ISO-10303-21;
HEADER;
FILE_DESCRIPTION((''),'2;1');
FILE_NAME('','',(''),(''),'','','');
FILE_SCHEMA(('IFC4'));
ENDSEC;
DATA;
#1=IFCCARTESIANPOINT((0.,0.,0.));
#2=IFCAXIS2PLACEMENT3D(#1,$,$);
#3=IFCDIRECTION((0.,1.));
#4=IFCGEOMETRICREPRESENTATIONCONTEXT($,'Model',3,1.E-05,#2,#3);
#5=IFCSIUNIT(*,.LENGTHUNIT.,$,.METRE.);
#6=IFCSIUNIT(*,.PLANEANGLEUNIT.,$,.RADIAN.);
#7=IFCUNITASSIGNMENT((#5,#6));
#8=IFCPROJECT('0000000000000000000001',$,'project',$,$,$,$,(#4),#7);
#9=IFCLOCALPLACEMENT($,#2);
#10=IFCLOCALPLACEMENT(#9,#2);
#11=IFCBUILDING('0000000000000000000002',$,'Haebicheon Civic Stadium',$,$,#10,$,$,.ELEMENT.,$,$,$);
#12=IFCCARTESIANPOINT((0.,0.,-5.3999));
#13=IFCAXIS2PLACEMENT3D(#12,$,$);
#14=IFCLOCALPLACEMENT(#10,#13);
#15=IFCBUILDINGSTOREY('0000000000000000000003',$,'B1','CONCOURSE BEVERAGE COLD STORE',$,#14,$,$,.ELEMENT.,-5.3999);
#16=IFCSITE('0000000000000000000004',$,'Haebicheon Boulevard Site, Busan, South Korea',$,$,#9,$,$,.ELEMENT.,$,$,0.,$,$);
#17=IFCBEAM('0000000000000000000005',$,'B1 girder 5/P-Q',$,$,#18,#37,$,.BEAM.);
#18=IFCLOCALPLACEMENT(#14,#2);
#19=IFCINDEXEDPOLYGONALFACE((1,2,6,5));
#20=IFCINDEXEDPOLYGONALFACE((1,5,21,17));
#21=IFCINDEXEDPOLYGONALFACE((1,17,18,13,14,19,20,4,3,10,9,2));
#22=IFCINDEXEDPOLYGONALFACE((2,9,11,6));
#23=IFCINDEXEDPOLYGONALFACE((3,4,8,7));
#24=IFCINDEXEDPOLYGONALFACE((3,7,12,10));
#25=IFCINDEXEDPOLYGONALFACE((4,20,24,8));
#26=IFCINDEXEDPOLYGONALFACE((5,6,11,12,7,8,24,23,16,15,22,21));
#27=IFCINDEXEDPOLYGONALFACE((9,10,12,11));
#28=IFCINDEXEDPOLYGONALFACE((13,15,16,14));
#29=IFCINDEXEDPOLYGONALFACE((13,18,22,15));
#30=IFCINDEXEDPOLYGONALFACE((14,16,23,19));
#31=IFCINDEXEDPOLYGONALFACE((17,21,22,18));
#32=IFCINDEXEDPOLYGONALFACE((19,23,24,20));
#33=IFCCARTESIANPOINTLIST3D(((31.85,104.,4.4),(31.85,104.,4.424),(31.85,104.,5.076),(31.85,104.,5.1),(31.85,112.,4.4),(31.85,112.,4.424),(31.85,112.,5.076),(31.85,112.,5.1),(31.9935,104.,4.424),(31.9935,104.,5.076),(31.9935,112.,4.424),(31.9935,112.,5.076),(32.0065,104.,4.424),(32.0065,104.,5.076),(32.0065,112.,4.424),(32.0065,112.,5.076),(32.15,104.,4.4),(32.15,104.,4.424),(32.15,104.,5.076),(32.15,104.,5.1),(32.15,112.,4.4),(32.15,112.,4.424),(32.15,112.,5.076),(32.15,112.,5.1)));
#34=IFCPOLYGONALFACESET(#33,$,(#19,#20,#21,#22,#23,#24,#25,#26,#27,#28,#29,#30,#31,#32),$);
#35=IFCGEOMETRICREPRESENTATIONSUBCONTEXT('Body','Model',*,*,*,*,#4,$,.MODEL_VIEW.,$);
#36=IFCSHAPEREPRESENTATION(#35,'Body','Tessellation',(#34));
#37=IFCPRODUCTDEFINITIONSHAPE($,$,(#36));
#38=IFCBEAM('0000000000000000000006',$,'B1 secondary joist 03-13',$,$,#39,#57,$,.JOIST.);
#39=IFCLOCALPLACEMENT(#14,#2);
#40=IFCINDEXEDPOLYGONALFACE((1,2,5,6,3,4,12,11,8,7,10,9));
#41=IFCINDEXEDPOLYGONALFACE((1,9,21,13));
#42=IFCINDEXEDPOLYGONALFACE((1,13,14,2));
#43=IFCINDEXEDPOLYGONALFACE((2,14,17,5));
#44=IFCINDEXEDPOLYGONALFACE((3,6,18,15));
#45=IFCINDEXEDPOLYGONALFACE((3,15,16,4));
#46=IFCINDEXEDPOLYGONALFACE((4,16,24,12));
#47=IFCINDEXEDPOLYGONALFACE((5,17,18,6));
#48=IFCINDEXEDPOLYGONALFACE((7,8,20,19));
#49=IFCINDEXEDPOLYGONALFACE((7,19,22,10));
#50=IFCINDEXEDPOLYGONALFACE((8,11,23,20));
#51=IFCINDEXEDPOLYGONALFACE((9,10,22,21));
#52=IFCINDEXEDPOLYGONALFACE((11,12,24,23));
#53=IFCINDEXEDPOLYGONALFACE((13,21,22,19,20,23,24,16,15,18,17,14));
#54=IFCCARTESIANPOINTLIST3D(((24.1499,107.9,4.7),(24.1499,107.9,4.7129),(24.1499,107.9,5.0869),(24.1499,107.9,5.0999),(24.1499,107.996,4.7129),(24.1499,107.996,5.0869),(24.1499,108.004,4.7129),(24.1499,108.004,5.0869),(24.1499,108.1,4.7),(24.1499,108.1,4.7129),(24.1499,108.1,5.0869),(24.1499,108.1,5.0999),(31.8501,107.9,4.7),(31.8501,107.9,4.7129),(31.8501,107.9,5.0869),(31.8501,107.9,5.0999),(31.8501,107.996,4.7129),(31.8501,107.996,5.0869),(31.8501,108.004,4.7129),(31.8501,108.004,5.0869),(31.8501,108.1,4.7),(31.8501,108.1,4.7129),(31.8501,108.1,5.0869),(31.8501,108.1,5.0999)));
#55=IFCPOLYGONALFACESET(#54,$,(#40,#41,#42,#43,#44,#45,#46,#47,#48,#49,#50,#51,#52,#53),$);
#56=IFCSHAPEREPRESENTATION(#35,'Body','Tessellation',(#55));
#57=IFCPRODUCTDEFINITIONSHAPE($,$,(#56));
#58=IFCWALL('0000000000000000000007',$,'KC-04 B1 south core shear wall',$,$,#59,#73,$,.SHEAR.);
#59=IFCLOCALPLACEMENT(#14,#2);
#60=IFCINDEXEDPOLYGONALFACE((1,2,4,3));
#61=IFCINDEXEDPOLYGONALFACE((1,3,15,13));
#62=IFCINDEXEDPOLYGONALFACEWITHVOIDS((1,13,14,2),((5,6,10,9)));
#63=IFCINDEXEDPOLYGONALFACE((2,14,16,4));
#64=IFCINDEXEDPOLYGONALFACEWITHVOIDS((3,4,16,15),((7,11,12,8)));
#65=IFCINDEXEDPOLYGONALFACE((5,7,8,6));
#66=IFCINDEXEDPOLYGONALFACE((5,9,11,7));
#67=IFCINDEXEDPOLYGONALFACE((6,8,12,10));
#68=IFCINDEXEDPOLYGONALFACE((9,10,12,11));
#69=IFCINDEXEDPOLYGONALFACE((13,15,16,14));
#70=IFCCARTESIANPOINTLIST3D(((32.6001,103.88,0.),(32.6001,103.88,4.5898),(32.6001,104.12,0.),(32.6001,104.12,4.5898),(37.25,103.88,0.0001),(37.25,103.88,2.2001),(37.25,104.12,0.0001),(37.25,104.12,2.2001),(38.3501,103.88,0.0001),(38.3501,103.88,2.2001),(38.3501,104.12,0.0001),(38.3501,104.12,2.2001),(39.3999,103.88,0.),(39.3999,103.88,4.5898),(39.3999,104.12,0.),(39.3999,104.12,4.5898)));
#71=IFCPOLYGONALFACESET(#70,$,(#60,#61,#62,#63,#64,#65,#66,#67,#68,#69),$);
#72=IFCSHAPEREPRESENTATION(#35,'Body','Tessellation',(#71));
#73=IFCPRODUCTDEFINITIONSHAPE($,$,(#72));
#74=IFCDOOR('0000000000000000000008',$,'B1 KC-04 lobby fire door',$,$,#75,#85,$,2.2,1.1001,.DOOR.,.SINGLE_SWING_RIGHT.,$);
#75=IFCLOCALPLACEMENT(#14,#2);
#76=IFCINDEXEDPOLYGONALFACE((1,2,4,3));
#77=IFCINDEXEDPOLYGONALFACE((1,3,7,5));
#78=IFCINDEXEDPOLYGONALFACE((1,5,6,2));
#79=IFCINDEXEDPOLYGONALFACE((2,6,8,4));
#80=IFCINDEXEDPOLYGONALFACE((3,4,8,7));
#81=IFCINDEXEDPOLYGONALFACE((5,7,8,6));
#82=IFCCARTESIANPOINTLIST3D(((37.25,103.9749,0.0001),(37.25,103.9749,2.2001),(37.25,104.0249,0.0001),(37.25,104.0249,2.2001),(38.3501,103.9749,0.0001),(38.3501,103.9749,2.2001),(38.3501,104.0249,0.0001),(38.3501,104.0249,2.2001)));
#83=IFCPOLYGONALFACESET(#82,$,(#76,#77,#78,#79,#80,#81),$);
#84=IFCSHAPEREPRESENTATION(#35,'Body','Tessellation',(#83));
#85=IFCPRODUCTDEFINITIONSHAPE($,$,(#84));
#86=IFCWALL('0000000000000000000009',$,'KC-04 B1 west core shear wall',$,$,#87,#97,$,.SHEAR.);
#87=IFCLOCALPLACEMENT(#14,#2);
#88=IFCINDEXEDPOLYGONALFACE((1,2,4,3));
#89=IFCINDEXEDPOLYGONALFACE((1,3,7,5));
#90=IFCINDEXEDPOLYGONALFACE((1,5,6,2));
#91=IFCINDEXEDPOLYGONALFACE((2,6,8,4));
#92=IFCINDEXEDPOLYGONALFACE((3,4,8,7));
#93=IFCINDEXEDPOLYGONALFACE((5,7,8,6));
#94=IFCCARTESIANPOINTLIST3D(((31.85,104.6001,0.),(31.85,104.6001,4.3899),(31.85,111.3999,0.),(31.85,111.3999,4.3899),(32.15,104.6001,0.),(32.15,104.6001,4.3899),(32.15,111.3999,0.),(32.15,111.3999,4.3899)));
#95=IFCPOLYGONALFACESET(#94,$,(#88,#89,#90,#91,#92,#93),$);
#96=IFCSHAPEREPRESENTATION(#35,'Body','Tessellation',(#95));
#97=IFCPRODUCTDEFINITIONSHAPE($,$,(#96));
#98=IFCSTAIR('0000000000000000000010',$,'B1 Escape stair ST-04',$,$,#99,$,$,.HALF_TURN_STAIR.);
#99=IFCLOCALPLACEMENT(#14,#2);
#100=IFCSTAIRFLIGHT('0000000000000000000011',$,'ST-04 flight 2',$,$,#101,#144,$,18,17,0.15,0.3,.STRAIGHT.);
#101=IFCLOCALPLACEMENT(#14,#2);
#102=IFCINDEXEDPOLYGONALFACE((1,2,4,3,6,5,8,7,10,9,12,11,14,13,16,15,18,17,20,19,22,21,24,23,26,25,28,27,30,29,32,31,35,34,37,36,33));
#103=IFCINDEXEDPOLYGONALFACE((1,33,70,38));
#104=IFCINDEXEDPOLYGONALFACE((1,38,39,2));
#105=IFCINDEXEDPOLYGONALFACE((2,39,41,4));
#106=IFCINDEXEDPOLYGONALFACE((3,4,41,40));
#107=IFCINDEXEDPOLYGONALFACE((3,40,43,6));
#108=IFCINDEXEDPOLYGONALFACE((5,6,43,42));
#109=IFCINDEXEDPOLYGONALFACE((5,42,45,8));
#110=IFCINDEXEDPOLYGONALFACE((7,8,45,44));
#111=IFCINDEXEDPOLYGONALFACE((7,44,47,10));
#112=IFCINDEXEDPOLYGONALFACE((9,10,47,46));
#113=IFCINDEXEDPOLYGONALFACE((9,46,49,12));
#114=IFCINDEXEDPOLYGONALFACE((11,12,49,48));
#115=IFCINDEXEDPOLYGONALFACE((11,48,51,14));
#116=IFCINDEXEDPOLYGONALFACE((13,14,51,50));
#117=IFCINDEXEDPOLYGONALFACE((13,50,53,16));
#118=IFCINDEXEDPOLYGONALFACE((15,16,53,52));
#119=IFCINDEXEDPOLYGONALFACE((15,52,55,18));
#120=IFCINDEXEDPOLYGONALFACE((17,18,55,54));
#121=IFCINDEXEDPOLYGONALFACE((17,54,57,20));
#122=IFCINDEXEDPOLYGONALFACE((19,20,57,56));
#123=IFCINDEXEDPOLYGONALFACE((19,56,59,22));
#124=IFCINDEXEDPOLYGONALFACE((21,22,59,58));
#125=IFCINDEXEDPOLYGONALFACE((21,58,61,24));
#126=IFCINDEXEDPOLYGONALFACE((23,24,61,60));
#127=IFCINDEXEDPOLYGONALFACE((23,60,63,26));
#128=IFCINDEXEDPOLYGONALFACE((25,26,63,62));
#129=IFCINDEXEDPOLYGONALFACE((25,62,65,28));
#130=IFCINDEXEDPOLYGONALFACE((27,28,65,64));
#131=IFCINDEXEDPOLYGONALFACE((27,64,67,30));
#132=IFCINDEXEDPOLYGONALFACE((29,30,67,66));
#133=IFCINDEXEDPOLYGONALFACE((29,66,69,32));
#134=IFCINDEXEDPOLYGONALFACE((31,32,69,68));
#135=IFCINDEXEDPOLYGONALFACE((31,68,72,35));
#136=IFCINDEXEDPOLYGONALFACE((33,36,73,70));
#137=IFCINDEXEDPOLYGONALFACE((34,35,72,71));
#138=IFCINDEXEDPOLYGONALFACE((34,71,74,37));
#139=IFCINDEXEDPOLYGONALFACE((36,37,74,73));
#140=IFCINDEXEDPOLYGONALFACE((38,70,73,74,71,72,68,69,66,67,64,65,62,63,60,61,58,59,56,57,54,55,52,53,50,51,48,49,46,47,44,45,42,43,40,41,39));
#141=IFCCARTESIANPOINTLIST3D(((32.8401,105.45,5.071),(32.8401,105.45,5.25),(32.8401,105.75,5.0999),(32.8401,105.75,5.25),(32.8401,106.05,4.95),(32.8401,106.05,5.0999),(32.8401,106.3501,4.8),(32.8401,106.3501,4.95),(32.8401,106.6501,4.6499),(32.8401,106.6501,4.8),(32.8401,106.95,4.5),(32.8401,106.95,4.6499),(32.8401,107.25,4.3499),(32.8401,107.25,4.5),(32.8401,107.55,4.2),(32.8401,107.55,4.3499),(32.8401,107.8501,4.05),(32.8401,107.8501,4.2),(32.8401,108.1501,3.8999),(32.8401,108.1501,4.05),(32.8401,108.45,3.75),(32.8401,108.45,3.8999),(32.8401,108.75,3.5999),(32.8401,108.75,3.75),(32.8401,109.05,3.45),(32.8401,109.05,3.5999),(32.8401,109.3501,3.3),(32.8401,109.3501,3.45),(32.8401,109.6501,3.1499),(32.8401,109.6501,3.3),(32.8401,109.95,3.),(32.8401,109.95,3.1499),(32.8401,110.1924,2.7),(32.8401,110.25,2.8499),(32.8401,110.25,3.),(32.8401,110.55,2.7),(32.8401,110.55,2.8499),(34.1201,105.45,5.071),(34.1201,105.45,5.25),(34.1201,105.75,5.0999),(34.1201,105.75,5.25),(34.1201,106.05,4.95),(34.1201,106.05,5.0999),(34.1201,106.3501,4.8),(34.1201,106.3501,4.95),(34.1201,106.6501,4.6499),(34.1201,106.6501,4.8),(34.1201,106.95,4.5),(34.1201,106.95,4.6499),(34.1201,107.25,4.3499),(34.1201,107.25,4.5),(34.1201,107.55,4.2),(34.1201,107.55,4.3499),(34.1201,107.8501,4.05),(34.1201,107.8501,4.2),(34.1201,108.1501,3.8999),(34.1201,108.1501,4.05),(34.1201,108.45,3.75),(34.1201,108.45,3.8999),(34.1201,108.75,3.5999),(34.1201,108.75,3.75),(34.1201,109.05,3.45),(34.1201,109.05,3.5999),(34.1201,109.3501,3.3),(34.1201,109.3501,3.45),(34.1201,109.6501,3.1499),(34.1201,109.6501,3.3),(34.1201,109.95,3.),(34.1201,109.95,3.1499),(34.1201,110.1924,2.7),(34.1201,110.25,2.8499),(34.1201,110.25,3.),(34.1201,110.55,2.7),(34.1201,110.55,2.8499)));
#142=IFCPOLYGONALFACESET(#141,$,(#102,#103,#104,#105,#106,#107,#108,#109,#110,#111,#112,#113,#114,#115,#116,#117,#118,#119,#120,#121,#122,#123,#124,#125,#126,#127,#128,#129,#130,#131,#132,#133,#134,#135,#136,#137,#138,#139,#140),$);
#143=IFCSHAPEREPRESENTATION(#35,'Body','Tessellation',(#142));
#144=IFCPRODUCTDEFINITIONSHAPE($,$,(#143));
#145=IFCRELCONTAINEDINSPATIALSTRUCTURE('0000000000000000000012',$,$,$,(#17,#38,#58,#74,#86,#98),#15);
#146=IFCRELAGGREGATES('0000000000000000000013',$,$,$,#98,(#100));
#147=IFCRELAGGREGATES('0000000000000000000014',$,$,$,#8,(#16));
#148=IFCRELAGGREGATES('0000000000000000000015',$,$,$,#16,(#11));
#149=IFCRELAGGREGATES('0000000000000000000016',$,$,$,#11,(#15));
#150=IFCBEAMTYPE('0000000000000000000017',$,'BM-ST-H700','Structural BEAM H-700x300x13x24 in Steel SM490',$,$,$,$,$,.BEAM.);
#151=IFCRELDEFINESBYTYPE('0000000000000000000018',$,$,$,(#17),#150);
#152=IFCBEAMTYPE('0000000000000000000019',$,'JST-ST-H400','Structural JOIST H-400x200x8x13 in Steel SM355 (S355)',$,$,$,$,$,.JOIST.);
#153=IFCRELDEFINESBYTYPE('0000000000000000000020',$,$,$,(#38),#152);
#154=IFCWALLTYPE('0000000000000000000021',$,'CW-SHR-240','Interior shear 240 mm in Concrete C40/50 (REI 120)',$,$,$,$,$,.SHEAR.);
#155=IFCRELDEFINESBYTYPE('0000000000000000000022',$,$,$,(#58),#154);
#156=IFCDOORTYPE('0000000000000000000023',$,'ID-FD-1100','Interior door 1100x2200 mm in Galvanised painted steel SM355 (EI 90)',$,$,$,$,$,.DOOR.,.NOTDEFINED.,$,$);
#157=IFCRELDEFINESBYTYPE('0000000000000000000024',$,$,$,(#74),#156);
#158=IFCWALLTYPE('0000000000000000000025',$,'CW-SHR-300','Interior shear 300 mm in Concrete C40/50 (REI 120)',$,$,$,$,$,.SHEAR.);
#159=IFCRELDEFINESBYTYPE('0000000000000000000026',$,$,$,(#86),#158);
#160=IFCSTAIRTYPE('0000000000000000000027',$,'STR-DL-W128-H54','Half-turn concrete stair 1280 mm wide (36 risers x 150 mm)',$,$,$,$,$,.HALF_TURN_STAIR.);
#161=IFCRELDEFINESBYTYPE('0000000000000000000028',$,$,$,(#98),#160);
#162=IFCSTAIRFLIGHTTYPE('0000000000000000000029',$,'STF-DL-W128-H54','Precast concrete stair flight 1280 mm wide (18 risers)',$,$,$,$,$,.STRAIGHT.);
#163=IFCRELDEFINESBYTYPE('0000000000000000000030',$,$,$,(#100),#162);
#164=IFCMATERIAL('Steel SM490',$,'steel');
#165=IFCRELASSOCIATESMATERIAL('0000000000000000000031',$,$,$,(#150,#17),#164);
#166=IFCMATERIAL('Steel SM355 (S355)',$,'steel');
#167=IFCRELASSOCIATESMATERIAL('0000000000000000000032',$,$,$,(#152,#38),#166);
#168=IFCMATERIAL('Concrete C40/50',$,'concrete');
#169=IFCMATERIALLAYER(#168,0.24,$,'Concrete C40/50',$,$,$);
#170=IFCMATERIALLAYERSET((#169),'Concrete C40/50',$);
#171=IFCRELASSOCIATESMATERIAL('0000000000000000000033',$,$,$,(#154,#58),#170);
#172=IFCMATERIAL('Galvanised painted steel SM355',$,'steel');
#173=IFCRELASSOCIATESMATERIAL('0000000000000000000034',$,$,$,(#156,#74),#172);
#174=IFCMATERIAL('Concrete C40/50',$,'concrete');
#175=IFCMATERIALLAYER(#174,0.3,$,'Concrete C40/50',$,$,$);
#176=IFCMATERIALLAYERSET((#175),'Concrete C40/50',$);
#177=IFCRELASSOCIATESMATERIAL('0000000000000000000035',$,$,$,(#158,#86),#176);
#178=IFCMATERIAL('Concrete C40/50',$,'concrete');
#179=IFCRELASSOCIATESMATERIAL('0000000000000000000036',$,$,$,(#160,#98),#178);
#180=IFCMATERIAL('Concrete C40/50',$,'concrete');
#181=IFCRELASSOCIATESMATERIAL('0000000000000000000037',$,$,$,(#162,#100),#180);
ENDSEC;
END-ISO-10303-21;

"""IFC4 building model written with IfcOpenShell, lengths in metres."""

from ifc_helpers import new_model, si_unit, direction, frame, frame_2d, origin, origin_2d, place, context, subcontext, project, spatial, polyline, rectangle, i_section, outline, extrude, material, layer, layer_set, material_profile, profile_set, type_object, element, fill, aggregate, save


model = new_model("IFC4")

# Units and contexts
model_context = context("Model", 3, precision=1e-05, world=origin(), true_north=direction((0.0, 1.0)))
body_context = subcontext(model_context, "Body", "Model", "MODEL_VIEW")
ifc_project = project(units=[si_unit("LENGTHUNIT", "METRE"), si_unit("PLANEANGLEUNIT", "RADIAN")], contexts=[model_context])

# Site, building, storey
site_placement = place(None, origin())
site = spatial("IfcSite", under=ifc_project, at=site_placement, Name="Haebicheon Boulevard Site, Busan, South Korea", CompositionType="ELEMENT", RefElevation=0.0)
building_placement = place(site_placement, origin())
building = spatial("IfcBuilding", under=site, at=building_placement, Name="Haebicheon Civic Stadium", CompositionType="ELEMENT")
storey_placement = place(building_placement, frame((0.0, 0.0, -5.3999)))
storey = spatial("IfcBuildingStorey", under=building, at=storey_placement, Name="B1", Description="CONCOURSE BEVERAGE COLD STORE", CompositionType="ELEMENT", Elevation=-5.3999)

# Beams
ifc_material_1 = material(Name="Steel SM490", Category="steel")
ifc_material_profile_1 = material_profile(ifc_material_1, i_section(OverallWidth=0.3, OverallDepth=0.7, WebThickness=0.0129, FlangeThickness=0.0239, at=origin_2d()), Name="H-700x300x13x24")
ifc_profile_set_1 = profile_set([ifc_material_profile_1], Name="Steel SM490")
beam_type_1 = type_object("IfcBeamType", Name="BM-ST-H700", Description="Structural BEAM H-700x300x13x24 in Steel SM490", PredefinedType="BEAM", material=ifc_profile_set_1)
beam_1_placement = place(storey_placement, frame((32.0, 104.0, 4.75), z_axis=(0.0, 1.0, 0.0), x_axis=(-1.0, 0.0, 0.0)))
element("IfcBeam", 1, at=beam_1_placement, inside=storey, type_object=beam_type_1, material=ifc_profile_set_1, Name="B1 girder 5/P-Q", PredefinedType="BEAM", context=body_context, shape_type="SweptSolid", body=[
    extrude(i_section(OverallWidth=0.3, OverallDepth=0.7, WebThickness=0.0129, FlangeThickness=0.0239, at=origin_2d()), origin(), (0.0, 0.0, 1.0), 8.0),
])
ifc_material_2 = material(Name="Steel SM355 (S355)", Category="steel")
ifc_material_profile_2 = material_profile(ifc_material_2, i_section(OverallWidth=0.2, OverallDepth=0.3999, WebThickness=0.0081, FlangeThickness=0.0129, at=origin_2d()), Name="H-400x200x8x13")
ifc_profile_set_2 = profile_set([ifc_material_profile_2], Name="Steel SM355 (S355)")
beam_type_2 = type_object("IfcBeamType", Name="JST-ST-H400", Description="Structural JOIST H-400x200x8x13 in Steel SM355 (S355)", PredefinedType="JOIST", material=ifc_profile_set_2)
beam_2_placement = place(storey_placement, frame((24.1499, 108.0, 4.8999), z_axis=(1.0, 0.0, 0.0), x_axis=(0.0, 1.0, 0.0)))
element("IfcBeam", 2, at=beam_2_placement, inside=storey, type_object=beam_type_2, material=ifc_profile_set_2, Name="B1 secondary joist 03-13", PredefinedType="JOIST", context=body_context, shape_type="SweptSolid", body=[
    extrude(i_section(OverallWidth=0.2, OverallDepth=0.3999, WebThickness=0.0081, FlangeThickness=0.0129, at=origin_2d()), origin(), (0.0, 0.0, 1.0), 7.7002),
])

# Wall, opening, door
ifc_material_3 = material(Name="Concrete C40/50", Category="concrete")
ifc_layer_1 = layer(ifc_material_3, 0.24, Name="Concrete C40/50")
ifc_layer_set_1 = layer_set([ifc_layer_1], Name="Concrete C40/50")
wall_type_1 = type_object("IfcWallType", Name="CW-SHR-240", Description="Interior shear 240 mm in Concrete C40/50 (REI 120)", PredefinedType="SHEAR", material=ifc_layer_set_1)
wall_1_placement = place(storey_placement, frame((32.6001, 104.0, 0.0), z_axis=(0.0, 0.0, 1.0), x_axis=(1.0, 0.0, 0.0)))
wall_1 = element("IfcWall", 3, at=wall_1_placement, inside=storey, type_object=wall_type_1, material=ifc_layer_set_1, Name="KC-04 B1 south core shear wall", PredefinedType="SHEAR", context=body_context, shape_type="SweptSolid", body=[
    extrude(rectangle(XDim=6.7998, YDim=0.24, at=frame_2d((3.3999, 0.0))), origin(), (0.0, 0.0, 1.0), 4.5898),
])
opening_placement = place(wall_1_placement, frame((4.6499, 0.0, 0.0)))
opening = element("IfcOpeningElement", 4, at=opening_placement, cuts=wall_1, PredefinedType="OPENING", context=body_context, shape_type="SweptSolid", body=[
    extrude(rectangle(XDim=1.1001, YDim=2.2, at=frame_2d((0.55, 1.1001))), frame((0.0, 0.1299, 0.0), z_axis=(0.0, -1.0, 0.0), x_axis=(1.0, 0.0, 0.0)), (0.0, 0.0, 1.0), 0.26),
])
ifc_material_4 = material(Name="Galvanised painted steel SM355", Category="steel")
door_type = type_object("IfcDoorType", Name="ID-FD-1100", Description="Interior door 1100x2200 mm in Galvanised painted steel SM355 (EI 90)", OperationType="NOTDEFINED", PredefinedType="DOOR", material=ifc_material_4)
door_placement = place(opening_placement, origin())
door = element("IfcDoor", 5, at=door_placement, inside=storey, type_object=door_type, material=ifc_material_4, Name="B1 KC-04 lobby fire door", OperationType="SINGLE_SWING_RIGHT", OverallHeight=2.2, OverallWidth=1.1001, PredefinedType="DOOR", context=body_context, shape_type="SweptSolid", body=[
    extrude(rectangle(XDim=1.1001, YDim=2.2, at=frame_2d((0.55, 1.1001))), frame((0.0, 0.0249, 0.0), z_axis=(0.0, -1.0, 0.0), x_axis=(1.0, 0.0, 0.0)), (0.0, 0.0, 1.0), 0.05),
])
fill(opening, door)

# Wall
ifc_material_5 = material(Name="Concrete C40/50", Category="concrete")
ifc_layer_2 = layer(ifc_material_5, 0.3, Name="Concrete C40/50")
ifc_layer_set_2 = layer_set([ifc_layer_2], Name="Concrete C40/50")
wall_type_2 = type_object("IfcWallType", Name="CW-SHR-300", Description="Interior shear 300 mm in Concrete C40/50 (REI 120)", PredefinedType="SHEAR", material=ifc_layer_set_2)
wall_2_placement = place(storey_placement, frame((32.0, 104.6001, 0.0), z_axis=(0.0, 0.0, 1.0), x_axis=(0.0, 1.0, 0.0)))
element("IfcWall", 6, at=wall_2_placement, inside=storey, type_object=wall_type_2, material=ifc_layer_set_2, Name="KC-04 B1 west core shear wall", PredefinedType="SHEAR", context=body_context, shape_type="SweptSolid", body=[
    extrude(rectangle(XDim=6.7998, YDim=0.3, at=frame_2d((3.3999, 0.0))), origin(), (0.0, 0.0, 1.0), 4.3899),
])

# Stair, stair flight
ifc_material_6 = material(Name="Concrete C40/50", Category="concrete")
stair_type = type_object("IfcStairType", Name="STR-DL-W128-H54", Description="Half-turn concrete stair 1280 mm wide (36 risers x 150 mm)", PredefinedType="HALF_TURN_STAIR", material=ifc_material_6)
stair_placement = place(storey_placement, origin())
stair = element("IfcStair", 7, at=stair_placement, inside=storey, type_object=stair_type, material=ifc_material_6, Name="B1 Escape stair ST-04", PredefinedType="HALF_TURN_STAIR")
ifc_material_7 = material(Name="Concrete C40/50", Category="concrete")
stair_flight_type = type_object("IfcStairFlightType", Name="STF-DL-W128-H54", Description="Precast concrete stair flight 1280 mm wide (18 risers)", PredefinedType="STRAIGHT", material=ifc_material_7)
stair_flight_placement = place(storey_placement, frame((33.48, 110.55, 2.7), z_axis=(0.0, 0.0, 1.0), x_axis=(0.0, -1.0, 0.0)))
stair_flight = element("IfcStairFlight", 8, at=stair_flight_placement, type_object=stair_flight_type, material=ifc_material_7, Name="ST-04 flight 2", NumberOfRisers=18, NumberOfTreads=17, PredefinedType="STRAIGHT", RiserHeight=0.15, TreadLength=0.3, context=body_context, shape_type="SweptSolid", body=[
    extrude(outline(polyline([(0.0, 0.0), (0.0, 0.1499), (0.3, 0.1499), (0.3, 0.3), (0.6001, 0.3), (0.6001, 0.45), (0.8999, 0.45), (0.8999, 0.6001), (1.2, 0.6001), (1.2, 0.75), (1.5, 0.75), (1.5, 0.8999), (1.8, 0.8999), (1.8, 1.05), (2.1001, 1.05), (2.1001, 1.2), (2.3999, 1.2), (2.3999, 1.3501), (2.7, 1.3501), (2.7, 1.5), (3.0, 1.5), (3.0, 1.6499), (3.3, 1.6499), (3.3, 1.8), (3.6001, 1.8), (3.6001, 1.95), (3.8999, 1.95), (3.8999, 2.1001), (4.2, 2.1001), (4.2, 2.25), (4.5, 2.25), (4.5, 2.3999), (4.8, 2.3999), (4.8, 2.55), (5.1001, 2.55), (5.1001, 2.7), (5.1001, 2.3711), (0.3577, 0.0), (0.0, 0.0)])), frame((0.0, 0.6401, 0.0), z_axis=(0.0, -1.0, 0.0), x_axis=(1.0, 0.0, 0.0)), (0.0, 0.0, 1.0), 1.28),
])
aggregate(stair, [stair_flight])

save(model, "model.ifc")
